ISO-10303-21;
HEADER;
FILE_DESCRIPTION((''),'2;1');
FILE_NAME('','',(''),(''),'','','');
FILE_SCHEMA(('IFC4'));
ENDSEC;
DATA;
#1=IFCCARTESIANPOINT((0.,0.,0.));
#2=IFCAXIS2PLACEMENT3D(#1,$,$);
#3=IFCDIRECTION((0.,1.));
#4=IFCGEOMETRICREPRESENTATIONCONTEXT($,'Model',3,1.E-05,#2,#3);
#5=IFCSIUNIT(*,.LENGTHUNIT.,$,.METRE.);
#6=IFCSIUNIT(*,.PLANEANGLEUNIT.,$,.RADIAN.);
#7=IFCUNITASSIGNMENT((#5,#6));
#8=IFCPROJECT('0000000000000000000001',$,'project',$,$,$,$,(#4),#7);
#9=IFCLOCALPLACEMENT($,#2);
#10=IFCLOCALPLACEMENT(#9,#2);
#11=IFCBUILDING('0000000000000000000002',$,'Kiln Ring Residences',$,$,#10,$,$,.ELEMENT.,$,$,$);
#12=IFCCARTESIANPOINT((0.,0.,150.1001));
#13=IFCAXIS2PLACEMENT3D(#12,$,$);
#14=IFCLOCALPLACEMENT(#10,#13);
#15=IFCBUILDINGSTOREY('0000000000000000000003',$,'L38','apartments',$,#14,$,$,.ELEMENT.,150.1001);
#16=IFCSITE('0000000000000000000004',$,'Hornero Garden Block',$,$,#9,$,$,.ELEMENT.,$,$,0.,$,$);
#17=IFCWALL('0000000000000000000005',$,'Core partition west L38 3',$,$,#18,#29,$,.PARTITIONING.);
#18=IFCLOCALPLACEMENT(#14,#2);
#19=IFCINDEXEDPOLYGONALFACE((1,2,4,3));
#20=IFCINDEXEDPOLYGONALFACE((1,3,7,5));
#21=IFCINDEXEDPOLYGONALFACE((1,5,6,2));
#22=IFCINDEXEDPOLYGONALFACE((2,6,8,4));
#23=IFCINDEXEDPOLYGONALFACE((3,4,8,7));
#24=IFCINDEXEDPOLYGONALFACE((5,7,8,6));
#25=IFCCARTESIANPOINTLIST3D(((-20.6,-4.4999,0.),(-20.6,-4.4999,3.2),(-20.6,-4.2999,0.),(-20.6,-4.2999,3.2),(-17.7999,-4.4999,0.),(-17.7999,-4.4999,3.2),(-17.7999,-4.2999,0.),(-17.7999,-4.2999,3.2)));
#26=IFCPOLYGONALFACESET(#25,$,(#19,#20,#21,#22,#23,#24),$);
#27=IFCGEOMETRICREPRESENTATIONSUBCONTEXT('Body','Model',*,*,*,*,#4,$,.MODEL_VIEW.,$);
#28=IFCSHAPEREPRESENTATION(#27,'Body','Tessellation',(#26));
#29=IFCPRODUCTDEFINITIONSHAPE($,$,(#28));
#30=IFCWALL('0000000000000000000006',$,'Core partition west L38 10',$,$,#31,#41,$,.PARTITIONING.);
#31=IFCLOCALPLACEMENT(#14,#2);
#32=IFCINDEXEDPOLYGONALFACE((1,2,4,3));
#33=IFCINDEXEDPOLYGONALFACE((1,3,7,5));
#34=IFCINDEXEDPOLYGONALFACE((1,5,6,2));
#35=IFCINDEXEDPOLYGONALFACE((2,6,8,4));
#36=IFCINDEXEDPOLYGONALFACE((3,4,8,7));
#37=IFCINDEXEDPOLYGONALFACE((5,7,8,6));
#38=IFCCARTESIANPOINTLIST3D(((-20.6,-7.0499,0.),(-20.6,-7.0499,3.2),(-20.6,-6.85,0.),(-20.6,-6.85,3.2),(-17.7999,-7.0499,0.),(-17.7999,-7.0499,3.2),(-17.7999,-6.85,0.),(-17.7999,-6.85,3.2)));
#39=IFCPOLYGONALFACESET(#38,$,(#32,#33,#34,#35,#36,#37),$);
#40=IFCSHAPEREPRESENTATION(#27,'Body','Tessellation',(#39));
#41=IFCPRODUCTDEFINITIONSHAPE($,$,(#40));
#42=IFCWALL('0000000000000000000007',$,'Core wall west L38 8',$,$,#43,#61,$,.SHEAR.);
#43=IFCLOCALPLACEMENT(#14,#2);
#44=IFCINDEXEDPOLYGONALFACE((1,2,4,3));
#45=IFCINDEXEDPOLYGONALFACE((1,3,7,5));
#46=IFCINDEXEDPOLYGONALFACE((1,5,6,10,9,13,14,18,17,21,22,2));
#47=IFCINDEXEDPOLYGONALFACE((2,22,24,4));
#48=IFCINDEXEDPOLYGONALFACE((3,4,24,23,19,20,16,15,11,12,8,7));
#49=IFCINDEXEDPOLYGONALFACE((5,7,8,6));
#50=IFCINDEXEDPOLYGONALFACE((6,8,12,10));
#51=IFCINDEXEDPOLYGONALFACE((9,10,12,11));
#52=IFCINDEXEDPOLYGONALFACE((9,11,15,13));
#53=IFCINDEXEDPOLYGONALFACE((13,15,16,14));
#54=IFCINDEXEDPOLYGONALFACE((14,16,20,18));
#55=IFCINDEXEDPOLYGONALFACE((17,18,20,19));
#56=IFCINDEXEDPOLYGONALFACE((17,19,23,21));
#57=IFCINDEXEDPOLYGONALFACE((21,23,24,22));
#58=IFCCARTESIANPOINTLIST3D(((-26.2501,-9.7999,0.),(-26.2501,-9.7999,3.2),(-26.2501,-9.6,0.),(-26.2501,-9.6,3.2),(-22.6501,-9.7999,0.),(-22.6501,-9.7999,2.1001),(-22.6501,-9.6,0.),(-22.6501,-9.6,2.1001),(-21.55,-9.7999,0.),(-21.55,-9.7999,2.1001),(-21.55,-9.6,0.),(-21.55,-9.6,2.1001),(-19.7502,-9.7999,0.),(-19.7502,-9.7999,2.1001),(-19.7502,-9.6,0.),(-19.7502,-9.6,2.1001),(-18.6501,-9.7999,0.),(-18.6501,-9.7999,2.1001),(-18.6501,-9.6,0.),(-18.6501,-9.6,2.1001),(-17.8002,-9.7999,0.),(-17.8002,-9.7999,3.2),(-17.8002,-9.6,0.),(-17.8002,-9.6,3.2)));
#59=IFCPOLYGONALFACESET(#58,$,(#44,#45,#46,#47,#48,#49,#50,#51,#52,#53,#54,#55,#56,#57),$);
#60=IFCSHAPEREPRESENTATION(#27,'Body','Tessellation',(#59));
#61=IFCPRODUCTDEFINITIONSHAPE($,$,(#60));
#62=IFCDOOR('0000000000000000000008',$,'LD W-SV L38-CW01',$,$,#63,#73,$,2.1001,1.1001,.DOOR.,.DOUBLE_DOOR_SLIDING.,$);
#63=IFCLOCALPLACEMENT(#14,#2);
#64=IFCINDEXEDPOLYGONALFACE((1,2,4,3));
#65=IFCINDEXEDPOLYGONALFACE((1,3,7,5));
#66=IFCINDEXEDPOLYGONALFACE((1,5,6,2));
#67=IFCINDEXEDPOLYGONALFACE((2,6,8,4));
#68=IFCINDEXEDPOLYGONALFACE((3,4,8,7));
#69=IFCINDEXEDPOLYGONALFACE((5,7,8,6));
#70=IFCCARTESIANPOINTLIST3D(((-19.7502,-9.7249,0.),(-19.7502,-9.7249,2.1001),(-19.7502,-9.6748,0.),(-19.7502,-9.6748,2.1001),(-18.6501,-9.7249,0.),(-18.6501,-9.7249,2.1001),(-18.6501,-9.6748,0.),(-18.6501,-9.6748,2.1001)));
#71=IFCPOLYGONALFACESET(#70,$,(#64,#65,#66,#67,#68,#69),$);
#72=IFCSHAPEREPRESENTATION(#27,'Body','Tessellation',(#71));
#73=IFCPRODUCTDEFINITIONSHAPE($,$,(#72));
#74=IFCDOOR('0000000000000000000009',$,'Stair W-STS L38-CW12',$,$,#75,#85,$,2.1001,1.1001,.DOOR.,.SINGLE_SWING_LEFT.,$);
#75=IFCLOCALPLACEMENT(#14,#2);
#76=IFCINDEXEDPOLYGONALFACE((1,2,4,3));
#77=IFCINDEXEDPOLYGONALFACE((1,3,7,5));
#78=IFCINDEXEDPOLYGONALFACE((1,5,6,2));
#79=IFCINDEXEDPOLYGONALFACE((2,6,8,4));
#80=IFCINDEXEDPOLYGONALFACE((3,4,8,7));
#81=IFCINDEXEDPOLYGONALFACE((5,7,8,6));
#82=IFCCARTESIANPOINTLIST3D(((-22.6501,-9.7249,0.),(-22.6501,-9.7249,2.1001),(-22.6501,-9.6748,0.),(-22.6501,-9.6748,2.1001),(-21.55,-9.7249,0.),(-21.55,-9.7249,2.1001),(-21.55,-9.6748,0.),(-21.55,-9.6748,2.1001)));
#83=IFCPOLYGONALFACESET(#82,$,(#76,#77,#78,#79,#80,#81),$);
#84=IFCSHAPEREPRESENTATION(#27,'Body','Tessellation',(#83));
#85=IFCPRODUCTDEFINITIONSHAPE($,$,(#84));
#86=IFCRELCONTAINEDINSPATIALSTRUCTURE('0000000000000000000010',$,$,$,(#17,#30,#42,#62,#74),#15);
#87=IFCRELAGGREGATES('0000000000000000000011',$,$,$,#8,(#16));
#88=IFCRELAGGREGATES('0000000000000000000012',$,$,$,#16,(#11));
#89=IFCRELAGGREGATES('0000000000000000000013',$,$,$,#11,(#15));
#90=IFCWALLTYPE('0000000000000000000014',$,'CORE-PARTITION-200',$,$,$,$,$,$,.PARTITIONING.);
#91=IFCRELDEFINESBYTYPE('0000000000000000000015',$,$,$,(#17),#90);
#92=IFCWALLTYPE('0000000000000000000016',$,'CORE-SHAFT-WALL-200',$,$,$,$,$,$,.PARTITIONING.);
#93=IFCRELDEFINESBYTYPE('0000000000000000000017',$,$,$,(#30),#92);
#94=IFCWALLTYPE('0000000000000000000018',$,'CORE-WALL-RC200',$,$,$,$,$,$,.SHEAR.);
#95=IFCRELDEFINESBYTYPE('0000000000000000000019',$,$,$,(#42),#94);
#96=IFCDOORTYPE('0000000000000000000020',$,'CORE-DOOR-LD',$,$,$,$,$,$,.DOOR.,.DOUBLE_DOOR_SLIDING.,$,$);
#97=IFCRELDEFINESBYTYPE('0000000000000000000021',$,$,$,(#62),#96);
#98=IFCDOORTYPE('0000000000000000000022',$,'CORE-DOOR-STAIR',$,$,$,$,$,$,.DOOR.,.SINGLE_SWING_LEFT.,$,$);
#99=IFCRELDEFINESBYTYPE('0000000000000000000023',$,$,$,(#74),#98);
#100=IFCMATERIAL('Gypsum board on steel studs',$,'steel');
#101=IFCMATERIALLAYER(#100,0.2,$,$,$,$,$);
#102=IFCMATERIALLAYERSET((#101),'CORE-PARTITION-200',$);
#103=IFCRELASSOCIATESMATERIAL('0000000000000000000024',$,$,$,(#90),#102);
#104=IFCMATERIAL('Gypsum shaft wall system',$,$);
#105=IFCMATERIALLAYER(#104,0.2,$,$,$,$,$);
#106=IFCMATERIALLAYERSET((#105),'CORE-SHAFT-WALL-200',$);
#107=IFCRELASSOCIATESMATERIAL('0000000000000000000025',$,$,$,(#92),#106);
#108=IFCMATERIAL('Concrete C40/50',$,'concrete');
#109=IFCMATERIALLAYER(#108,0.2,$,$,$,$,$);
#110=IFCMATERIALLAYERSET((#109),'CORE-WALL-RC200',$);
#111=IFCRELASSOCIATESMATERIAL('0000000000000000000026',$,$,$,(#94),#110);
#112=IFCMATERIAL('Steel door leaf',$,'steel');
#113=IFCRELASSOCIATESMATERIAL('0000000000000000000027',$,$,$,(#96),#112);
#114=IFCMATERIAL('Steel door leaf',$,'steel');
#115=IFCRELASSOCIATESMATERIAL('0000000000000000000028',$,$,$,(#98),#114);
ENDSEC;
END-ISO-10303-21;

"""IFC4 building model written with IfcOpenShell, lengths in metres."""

from ifc_helpers import new_model, si_unit, direction, frame, frame_2d, origin, place, context, subcontext, project, spatial, rectangle, extrude, material, layer, layer_set, type_object, element, fill, save


model = new_model("IFC4")

# Units and contexts
model_context = context("Model", 3, precision=1e-05, world=origin(), true_north=direction((0.0, 1.0)))
body_context = subcontext(model_context, "Body", "Model", "MODEL_VIEW")
ifc_project = project(units=[si_unit("LENGTHUNIT", "METRE"), si_unit("PLANEANGLEUNIT", "RADIAN")], contexts=[model_context])

# Site, building, storey
site_placement = place(None, origin())
site = spatial("IfcSite", under=ifc_project, at=site_placement, Name="Hornero Garden Block", CompositionType="ELEMENT", RefElevation=0.0)
building_placement = place(site_placement, origin())
building = spatial("IfcBuilding", under=site, at=building_placement, Name="Kiln Ring Residences", CompositionType="ELEMENT")
storey_placement = place(building_placement, frame((0.0, 0.0, 150.1001)))
storey = spatial("IfcBuildingStorey", under=building, at=storey_placement, Name="L38", Description="apartments", CompositionType="ELEMENT", Elevation=150.1001)

# Walls
ifc_material_1 = material(Name="Gypsum board on steel studs", Category="steel")
ifc_layer_1 = layer(ifc_material_1, 0.2)
ifc_layer_set_1 = layer_set([ifc_layer_1], Name="CORE-PARTITION-200")
wall_type_1 = type_object("IfcWallType", Name="CORE-PARTITION-200", PredefinedType="PARTITIONING", material=ifc_layer_set_1)
wall_1_placement = place(storey_placement, frame((-17.8, -4.3999, 0.0), z_axis=(0.0, 0.0, 1.0), x_axis=(-1.0, 0.0, 0.0)))
element("IfcWall", 1, at=wall_1_placement, inside=storey, type_object=wall_type_1, Name="Core partition west L38 3", PredefinedType="PARTITIONING", context=body_context, shape_type="SweptSolid", body=[
    extrude(rectangle(XDim=2.8, YDim=0.2, at=frame_2d((1.3999, 0.0))), origin(), (0.0, 0.0, 1.0), 3.2),
])
ifc_material_2 = material(Name="Gypsum shaft wall system")
ifc_layer_2 = layer(ifc_material_2, 0.2)
ifc_layer_set_2 = layer_set([ifc_layer_2], Name="CORE-SHAFT-WALL-200")
wall_type_2 = type_object("IfcWallType", Name="CORE-SHAFT-WALL-200", PredefinedType="PARTITIONING", material=ifc_layer_set_2)
wall_2_placement = place(storey_placement, frame((-17.8, -6.95, 0.0), z_axis=(0.0, 0.0, 1.0), x_axis=(-1.0, 0.0, 0.0)))
element("IfcWall", 2, at=wall_2_placement, inside=storey, type_object=wall_type_2, Name="Core partition west L38 10", PredefinedType="PARTITIONING", context=body_context, shape_type="SweptSolid", body=[
    extrude(rectangle(XDim=2.8, YDim=0.2, at=frame_2d((1.3999, 0.0))), origin(), (0.0, 0.0, 1.0), 3.2),
])

# Wall, openings, doors
ifc_material_3 = material(Name="Concrete C40/50", Category="concrete")
ifc_layer_3 = layer(ifc_material_3, 0.2)
ifc_layer_set_3 = layer_set([ifc_layer_3], Name="CORE-WALL-RC200")
wall_type_3 = type_object("IfcWallType", Name="CORE-WALL-RC200", PredefinedType="SHEAR", material=ifc_layer_set_3)
wall_3_placement = place(storey_placement, frame((-17.8, -9.7, 0.0), z_axis=(0.0, 0.0, 1.0), x_axis=(-1.0, 0.0, 0.0)))
wall_3 = element("IfcWall", 3, at=wall_3_placement, inside=storey, type_object=wall_type_3, Name="Core wall west L38 8", PredefinedType="SHEAR", context=body_context, shape_type="SweptSolid", body=[
    extrude(rectangle(XDim=8.45, YDim=0.2, at=frame_2d((4.2251, 0.0))), origin(), (0.0, 0.0, 1.0), 3.2),
])
opening_1_placement = place(wall_3_placement, frame((0.8501, 0.0, 0.0)))
opening_1 = element("IfcOpeningElement", 4, at=opening_1_placement, cuts=wall_3, PredefinedType="OPENING", context=body_context, shape_type="SweptSolid", body=[
    extrude(rectangle(XDim=1.1001, YDim=2.1001, at=frame_2d((0.55, 1.05))), frame((0.0, 0.1099, 0.0), z_axis=(0.0, -1.0, 0.0), x_axis=(1.0, 0.0, 0.0)), (0.0, 0.0, 1.0), 0.22),
])
opening_2_placement = place(wall_3_placement, frame((3.75, 0.0, 0.0)))
opening_2 = element("IfcOpeningElement", 5, at=opening_2_placement, cuts=wall_3, PredefinedType="OPENING", context=body_context, shape_type="SweptSolid", body=[
    extrude(rectangle(XDim=1.1001, YDim=2.1001, at=frame_2d((0.55, 1.05))), frame((0.0, 0.1099, 0.0), z_axis=(0.0, -1.0, 0.0), x_axis=(1.0, 0.0, 0.0)), (0.0, 0.0, 1.0), 0.22),
])
ifc_material_4 = material(Name="Steel door leaf", Category="steel")
door_type_1 = type_object("IfcDoorType", Name="CORE-DOOR-LD", OperationType="DOUBLE_DOOR_SLIDING", PredefinedType="DOOR", material=ifc_material_4)
door_1_placement = place(opening_1_placement, origin())
door_1 = element("IfcDoor", 6, at=door_1_placement, inside=storey, type_object=door_type_1, Name="LD W-SV L38-CW01", OperationType="DOUBLE_DOOR_SLIDING", OverallHeight=2.1001, OverallWidth=1.1001, PredefinedType="DOOR", context=body_context, shape_type="SweptSolid", body=[
    extrude(rectangle(XDim=1.1001, YDim=2.1001, at=frame_2d((0.55, 1.05))), frame((0.0, 0.0249, 0.0), z_axis=(0.0, -1.0, 0.0), x_axis=(1.0, 0.0, 0.0)), (0.0, 0.0, 1.0), 0.05),
])
fill(opening_1, door_1)
ifc_material_5 = material(Name="Steel door leaf", Category="steel")
door_type_2 = type_object("IfcDoorType", Name="CORE-DOOR-STAIR", OperationType="SINGLE_SWING_LEFT", PredefinedType="DOOR", material=ifc_material_5)
door_2_placement = place(opening_2_placement, origin())
door_2 = element("IfcDoor", 7, at=door_2_placement, inside=storey, type_object=door_type_2, Name="Stair W-STS L38-CW12", OperationType="SINGLE_SWING_LEFT", OverallHeight=2.1001, OverallWidth=1.1001, PredefinedType="DOOR", context=body_context, shape_type="SweptSolid", body=[
    extrude(rectangle(XDim=1.1001, YDim=2.1001, at=frame_2d((0.55, 1.05))), frame((0.0, 0.0249, 0.0), z_axis=(0.0, -1.0, 0.0), x_axis=(1.0, 0.0, 0.0)), (0.0, 0.0, 1.0), 0.05),
])
fill(opening_2, door_2)

save(model, "model.ifc")
